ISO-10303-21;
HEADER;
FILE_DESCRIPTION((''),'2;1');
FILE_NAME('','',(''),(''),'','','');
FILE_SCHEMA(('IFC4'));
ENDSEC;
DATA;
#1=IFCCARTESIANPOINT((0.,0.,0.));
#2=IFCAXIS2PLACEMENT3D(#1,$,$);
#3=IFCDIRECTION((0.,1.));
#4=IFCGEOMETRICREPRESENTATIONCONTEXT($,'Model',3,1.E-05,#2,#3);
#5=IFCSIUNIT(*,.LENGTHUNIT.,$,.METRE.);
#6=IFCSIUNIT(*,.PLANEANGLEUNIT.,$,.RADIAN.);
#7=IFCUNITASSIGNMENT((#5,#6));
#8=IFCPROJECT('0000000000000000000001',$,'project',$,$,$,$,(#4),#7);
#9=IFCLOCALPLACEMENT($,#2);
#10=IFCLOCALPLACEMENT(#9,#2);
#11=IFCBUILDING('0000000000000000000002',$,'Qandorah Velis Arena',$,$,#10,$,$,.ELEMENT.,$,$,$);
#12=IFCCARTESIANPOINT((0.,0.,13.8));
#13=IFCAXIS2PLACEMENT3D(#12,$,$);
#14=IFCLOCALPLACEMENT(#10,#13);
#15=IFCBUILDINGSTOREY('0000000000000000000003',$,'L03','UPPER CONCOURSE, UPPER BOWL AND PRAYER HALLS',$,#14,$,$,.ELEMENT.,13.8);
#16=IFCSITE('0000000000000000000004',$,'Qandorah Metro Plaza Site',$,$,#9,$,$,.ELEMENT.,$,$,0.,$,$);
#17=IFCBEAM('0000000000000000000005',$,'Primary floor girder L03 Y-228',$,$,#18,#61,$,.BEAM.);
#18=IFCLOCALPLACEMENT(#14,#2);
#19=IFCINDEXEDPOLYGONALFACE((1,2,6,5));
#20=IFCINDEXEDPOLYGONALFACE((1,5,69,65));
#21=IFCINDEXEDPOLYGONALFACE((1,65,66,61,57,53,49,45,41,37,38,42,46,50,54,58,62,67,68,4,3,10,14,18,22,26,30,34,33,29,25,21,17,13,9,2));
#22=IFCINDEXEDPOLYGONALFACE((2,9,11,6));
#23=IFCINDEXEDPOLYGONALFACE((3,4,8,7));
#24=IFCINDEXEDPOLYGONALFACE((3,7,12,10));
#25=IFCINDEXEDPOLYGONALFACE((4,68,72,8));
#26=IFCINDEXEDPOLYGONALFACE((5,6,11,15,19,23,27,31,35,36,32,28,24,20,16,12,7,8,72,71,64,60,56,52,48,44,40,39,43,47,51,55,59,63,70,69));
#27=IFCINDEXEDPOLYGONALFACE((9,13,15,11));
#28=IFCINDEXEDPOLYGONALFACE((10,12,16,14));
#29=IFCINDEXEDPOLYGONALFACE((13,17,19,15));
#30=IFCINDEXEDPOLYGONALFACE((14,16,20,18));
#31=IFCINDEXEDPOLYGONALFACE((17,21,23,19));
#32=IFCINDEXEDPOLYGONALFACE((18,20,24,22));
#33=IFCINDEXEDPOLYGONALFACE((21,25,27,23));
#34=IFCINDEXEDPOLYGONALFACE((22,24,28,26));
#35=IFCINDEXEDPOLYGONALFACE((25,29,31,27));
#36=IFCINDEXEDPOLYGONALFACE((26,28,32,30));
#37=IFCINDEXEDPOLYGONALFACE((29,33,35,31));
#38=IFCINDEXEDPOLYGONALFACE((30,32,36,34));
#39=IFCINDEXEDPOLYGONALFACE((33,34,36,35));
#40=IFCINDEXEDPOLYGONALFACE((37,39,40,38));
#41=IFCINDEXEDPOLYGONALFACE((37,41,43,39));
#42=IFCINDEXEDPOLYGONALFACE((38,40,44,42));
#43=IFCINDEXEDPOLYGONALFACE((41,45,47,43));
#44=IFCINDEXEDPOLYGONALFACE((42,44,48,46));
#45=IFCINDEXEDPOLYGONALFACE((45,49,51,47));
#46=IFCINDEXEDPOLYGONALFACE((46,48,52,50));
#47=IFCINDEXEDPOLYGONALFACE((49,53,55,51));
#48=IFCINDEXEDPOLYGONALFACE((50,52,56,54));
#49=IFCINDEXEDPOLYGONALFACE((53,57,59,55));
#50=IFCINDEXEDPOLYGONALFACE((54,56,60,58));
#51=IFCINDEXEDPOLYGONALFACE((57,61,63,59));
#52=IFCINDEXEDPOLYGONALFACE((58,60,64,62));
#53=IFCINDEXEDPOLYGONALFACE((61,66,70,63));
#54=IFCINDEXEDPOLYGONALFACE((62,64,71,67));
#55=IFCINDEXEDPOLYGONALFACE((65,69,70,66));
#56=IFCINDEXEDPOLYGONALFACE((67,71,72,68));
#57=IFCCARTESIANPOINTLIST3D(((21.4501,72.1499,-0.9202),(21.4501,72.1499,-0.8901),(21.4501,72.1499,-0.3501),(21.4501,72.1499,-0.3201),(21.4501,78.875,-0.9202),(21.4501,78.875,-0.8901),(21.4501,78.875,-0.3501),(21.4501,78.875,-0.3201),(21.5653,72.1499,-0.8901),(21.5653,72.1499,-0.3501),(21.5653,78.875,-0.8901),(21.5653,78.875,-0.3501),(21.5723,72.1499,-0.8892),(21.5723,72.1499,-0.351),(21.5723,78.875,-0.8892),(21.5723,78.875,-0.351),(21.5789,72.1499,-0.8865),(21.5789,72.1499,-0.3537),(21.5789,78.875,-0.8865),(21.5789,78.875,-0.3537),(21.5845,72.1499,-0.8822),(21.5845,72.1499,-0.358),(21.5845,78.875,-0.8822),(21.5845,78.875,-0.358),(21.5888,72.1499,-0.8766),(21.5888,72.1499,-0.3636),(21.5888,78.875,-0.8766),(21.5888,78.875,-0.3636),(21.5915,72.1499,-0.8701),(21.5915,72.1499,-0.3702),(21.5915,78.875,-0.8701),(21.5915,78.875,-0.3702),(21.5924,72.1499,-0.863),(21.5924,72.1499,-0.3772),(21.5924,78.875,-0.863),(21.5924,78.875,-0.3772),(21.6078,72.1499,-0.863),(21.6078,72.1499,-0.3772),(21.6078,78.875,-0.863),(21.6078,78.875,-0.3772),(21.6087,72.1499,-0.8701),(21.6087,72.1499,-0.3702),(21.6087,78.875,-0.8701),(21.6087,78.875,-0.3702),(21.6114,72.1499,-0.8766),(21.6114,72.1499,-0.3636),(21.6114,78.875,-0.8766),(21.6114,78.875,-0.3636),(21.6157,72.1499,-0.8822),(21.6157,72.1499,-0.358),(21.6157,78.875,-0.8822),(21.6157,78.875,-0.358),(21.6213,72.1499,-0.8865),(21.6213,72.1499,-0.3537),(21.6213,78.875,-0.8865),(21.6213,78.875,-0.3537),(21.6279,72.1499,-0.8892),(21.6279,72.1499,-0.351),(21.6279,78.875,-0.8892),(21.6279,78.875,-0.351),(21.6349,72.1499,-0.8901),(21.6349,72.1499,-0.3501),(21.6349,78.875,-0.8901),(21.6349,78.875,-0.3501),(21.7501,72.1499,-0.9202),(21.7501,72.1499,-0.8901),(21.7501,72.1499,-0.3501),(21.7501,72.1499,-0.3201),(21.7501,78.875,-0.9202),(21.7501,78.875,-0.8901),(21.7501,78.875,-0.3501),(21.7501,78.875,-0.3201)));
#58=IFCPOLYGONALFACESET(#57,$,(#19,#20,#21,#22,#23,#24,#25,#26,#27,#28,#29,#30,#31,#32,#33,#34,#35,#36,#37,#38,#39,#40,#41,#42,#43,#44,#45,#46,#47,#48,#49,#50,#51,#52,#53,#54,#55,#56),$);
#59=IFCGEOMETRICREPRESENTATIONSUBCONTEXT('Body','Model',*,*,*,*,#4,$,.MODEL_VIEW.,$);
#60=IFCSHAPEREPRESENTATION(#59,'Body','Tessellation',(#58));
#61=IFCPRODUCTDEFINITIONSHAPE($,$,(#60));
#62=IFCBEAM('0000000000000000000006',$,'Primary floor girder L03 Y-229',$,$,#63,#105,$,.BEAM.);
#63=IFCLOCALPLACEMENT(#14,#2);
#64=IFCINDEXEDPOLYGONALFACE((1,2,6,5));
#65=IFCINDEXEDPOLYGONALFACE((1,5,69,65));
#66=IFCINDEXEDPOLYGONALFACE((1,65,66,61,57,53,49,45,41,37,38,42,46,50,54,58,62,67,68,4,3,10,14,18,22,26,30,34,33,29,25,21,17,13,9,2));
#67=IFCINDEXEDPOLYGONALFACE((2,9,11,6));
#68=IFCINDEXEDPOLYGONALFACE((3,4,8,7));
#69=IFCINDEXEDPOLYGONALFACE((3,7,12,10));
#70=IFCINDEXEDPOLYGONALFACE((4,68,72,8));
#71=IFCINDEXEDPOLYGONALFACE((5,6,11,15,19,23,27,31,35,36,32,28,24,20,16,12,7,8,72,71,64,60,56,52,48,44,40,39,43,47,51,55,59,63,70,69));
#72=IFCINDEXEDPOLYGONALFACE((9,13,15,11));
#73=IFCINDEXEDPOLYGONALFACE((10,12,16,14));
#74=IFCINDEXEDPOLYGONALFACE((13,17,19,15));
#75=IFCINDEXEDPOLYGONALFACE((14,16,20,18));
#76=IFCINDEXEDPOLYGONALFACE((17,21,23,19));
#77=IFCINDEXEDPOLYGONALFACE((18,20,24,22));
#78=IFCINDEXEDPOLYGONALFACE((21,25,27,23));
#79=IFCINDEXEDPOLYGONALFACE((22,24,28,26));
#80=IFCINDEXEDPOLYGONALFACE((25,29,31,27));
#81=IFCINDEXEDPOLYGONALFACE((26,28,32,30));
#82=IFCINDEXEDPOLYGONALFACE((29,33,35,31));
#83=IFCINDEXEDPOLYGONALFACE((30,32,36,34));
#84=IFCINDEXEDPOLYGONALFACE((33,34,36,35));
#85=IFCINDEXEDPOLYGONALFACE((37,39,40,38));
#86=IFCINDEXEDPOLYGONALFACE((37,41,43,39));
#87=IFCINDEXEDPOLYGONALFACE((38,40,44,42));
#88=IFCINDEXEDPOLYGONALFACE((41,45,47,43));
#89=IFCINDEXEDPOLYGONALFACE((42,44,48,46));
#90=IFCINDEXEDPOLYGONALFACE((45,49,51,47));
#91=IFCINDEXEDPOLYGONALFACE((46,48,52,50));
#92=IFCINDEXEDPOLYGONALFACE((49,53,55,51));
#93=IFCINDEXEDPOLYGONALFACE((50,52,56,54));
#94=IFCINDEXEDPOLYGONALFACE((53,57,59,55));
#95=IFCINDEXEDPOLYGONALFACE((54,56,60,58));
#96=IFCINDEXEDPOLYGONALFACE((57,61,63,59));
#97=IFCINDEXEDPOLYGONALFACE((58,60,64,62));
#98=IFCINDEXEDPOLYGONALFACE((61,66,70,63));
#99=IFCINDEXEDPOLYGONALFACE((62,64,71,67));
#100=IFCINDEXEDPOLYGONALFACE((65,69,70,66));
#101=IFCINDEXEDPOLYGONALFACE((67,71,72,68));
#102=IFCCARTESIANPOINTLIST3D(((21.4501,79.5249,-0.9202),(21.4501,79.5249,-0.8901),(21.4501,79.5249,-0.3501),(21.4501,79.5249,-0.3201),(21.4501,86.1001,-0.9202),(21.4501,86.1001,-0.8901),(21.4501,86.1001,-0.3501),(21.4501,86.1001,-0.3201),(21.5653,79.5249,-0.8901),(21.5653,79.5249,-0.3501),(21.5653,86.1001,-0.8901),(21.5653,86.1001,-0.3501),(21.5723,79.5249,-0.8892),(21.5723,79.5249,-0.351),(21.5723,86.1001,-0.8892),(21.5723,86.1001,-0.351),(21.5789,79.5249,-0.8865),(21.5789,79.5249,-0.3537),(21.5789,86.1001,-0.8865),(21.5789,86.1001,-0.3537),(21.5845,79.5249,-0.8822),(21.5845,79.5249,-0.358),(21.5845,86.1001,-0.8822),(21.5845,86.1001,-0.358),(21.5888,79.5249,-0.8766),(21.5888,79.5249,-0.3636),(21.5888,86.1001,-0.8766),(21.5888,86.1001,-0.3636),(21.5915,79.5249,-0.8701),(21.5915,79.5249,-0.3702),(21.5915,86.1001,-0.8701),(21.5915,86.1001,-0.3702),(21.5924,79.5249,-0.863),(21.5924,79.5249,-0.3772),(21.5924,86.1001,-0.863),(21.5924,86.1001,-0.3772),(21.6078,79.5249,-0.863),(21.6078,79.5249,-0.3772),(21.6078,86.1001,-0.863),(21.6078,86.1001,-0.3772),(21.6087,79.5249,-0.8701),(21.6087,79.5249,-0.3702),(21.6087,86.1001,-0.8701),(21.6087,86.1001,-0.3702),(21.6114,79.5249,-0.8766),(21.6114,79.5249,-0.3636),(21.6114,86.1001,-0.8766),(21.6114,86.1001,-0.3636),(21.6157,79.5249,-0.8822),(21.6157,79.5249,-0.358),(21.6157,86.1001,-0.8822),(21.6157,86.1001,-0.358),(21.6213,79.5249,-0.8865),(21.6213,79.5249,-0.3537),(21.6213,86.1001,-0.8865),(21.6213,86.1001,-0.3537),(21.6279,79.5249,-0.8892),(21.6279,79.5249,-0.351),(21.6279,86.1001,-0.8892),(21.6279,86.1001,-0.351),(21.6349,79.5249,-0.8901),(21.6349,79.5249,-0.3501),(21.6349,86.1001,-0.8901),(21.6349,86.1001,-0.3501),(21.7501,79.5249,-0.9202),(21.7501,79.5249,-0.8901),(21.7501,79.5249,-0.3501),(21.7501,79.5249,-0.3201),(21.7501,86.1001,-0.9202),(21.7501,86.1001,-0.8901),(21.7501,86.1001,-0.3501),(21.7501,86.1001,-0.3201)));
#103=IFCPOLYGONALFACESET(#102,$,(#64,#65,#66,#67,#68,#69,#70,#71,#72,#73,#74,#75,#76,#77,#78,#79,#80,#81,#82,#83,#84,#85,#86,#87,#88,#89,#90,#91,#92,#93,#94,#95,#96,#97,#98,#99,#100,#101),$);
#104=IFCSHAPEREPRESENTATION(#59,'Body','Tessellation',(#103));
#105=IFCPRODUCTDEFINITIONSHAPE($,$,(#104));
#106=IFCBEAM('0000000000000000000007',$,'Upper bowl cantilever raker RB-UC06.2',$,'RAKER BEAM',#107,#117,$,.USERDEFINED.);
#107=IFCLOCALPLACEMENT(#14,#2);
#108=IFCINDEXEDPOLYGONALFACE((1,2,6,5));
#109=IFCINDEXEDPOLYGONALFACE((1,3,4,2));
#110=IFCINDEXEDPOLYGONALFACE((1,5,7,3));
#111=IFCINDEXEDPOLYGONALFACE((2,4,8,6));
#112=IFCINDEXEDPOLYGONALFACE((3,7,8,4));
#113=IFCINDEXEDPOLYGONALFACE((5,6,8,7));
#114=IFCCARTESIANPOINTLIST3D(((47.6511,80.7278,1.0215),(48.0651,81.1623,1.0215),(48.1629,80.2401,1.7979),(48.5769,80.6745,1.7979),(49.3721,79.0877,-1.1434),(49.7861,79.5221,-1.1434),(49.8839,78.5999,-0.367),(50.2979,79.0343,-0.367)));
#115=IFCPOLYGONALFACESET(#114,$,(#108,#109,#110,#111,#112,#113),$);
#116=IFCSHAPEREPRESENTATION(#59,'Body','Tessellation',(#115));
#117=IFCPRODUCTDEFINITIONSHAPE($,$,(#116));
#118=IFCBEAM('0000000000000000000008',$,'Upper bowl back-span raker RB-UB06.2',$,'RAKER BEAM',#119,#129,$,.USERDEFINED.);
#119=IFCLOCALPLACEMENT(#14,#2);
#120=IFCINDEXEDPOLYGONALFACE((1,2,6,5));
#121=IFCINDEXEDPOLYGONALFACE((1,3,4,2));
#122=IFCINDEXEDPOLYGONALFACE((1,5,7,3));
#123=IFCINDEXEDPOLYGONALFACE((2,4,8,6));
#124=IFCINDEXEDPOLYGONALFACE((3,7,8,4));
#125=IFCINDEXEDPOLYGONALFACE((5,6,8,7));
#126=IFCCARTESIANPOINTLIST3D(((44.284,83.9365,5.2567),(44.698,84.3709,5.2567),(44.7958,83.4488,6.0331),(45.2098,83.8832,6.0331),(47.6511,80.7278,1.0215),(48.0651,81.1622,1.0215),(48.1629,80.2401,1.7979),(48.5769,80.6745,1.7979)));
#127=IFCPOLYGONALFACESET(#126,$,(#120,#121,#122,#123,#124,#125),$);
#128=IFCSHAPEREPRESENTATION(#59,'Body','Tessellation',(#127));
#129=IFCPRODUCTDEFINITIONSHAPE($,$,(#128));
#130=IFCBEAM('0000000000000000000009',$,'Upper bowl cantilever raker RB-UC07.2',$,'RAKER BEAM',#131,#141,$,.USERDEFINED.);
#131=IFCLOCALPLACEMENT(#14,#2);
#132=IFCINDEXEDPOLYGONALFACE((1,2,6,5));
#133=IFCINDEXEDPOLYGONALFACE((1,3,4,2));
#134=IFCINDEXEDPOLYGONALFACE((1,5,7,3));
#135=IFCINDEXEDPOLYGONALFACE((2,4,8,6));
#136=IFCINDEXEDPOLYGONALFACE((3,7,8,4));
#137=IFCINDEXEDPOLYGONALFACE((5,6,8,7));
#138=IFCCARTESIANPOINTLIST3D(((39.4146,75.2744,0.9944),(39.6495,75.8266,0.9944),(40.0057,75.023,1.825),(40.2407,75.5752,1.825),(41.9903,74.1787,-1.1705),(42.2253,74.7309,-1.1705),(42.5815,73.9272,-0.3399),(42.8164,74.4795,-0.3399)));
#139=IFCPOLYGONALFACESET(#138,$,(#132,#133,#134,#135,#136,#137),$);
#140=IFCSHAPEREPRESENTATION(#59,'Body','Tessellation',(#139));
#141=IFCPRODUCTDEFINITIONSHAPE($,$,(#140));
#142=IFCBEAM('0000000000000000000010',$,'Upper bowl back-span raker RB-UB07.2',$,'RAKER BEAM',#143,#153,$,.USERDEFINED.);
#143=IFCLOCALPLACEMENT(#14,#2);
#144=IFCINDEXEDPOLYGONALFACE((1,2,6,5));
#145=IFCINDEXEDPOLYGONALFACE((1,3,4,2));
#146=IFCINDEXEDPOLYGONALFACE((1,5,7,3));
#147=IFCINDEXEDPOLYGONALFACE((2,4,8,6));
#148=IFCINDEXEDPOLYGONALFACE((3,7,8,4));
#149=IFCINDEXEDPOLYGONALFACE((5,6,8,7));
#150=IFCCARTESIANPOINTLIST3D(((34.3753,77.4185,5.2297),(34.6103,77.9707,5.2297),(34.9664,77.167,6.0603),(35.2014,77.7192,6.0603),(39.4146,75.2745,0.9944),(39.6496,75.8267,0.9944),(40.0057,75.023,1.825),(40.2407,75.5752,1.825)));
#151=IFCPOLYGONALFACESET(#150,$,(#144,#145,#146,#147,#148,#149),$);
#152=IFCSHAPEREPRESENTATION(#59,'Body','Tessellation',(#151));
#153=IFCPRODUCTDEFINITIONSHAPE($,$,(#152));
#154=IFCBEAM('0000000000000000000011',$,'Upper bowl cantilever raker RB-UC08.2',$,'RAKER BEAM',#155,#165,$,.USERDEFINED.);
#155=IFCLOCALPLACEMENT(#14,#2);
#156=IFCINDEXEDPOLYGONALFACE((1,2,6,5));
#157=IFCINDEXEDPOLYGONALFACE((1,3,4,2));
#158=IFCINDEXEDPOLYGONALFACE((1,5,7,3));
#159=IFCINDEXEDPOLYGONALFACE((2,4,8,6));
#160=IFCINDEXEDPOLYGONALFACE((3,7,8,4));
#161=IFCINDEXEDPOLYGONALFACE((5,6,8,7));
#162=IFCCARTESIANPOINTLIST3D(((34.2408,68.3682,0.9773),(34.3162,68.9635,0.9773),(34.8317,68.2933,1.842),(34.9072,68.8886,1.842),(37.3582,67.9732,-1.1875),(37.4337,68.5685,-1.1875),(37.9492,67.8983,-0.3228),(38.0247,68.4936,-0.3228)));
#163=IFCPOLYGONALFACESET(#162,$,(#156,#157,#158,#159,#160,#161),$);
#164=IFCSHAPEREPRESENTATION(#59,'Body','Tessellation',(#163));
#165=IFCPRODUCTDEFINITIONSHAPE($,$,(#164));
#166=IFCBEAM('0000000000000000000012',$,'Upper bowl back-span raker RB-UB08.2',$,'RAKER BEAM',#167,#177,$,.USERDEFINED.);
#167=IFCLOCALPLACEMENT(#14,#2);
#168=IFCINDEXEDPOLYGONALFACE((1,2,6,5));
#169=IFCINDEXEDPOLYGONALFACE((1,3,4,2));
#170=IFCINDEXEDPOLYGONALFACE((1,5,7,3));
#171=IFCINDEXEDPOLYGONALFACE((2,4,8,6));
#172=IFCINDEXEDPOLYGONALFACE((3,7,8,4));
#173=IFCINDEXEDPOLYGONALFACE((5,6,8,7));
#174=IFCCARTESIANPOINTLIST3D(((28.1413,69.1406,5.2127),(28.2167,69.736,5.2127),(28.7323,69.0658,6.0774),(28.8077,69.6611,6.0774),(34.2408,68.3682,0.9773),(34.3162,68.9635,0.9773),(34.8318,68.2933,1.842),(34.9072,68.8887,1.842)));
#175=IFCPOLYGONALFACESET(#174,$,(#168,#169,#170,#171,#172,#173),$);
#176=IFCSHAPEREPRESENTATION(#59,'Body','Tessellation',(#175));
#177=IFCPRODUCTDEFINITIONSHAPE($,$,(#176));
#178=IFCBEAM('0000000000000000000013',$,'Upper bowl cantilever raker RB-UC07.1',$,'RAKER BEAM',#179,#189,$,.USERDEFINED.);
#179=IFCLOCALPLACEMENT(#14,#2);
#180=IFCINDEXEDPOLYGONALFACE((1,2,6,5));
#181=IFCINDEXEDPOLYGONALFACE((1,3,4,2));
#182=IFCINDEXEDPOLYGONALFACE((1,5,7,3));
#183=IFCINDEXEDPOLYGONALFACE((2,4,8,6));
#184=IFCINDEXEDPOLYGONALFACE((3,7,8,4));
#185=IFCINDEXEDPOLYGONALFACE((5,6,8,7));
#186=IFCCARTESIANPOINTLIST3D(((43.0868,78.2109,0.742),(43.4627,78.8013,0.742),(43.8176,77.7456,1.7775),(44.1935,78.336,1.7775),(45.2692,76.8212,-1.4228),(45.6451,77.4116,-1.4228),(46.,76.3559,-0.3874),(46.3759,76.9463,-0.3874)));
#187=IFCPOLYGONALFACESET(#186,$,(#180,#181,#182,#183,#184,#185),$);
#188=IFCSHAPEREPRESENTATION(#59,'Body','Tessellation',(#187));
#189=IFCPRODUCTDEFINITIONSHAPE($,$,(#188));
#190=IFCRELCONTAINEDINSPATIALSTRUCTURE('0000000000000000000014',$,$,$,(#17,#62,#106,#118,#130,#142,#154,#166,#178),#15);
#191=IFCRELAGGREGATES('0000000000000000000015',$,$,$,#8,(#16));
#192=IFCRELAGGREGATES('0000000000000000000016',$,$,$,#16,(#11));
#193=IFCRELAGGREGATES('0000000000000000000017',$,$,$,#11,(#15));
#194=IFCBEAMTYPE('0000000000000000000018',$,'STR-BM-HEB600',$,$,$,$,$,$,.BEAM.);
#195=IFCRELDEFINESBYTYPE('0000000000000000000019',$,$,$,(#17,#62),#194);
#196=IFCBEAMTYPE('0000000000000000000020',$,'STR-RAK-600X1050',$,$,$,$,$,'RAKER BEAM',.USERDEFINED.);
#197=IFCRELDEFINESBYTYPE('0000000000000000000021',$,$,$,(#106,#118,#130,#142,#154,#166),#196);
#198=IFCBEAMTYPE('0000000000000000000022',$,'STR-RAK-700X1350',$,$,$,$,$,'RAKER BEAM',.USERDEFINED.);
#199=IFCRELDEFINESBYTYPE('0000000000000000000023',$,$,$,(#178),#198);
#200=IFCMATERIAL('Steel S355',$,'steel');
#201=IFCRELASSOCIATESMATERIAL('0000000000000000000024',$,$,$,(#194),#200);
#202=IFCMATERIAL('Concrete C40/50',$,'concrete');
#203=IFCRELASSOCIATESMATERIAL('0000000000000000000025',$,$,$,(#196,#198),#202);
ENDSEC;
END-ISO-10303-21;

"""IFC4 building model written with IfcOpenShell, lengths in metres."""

from ifc_helpers import new_model, si_unit, direction, frame, origin, origin_2d, place, context, subcontext, project, spatial, rectangle, i_section, extrude, material, material_profile, profile_set, type_object, element, save


model = new_model("IFC4")

# Units and contexts
model_context = context("Model", 3, precision=1e-05, world=origin(), true_north=direction((0.0, 1.0)))
body_context = subcontext(model_context, "Body", "Model", "MODEL_VIEW")
ifc_project = project(units=[si_unit("LENGTHUNIT", "METRE"), si_unit("PLANEANGLEUNIT", "RADIAN")], contexts=[model_context])

# Site, building, storey
site_placement = place(None, origin())
site = spatial("IfcSite", under=ifc_project, at=site_placement, Name="Qandorah Metro Plaza Site", CompositionType="ELEMENT", RefElevation=0.0)
building_placement = place(site_placement, origin())
building = spatial("IfcBuilding", under=site, at=building_placement, Name="Qandorah Velis Arena", CompositionType="ELEMENT")
storey_placement = place(building_placement, frame((0.0, 0.0, 13.8)))
storey = spatial("IfcBuildingStorey", under=building, at=storey_placement, Name="L03", Description="UPPER CONCOURSE, UPPER BOWL AND PRAYER HALLS", CompositionType="ELEMENT", Elevation=13.8)

# Shared definitions
ifc_material_1 = material(Name="Concrete C40/50", Category="concrete")

# Beams
ifc_material_2 = material(Name="Steel S355", Category="steel")
ifc_material_profile_1 = material_profile(ifc_material_2, i_section(OverallWidth=0.3, OverallDepth=0.6001, WebThickness=0.0154, FlangeThickness=0.03, FilletRadius=0.0271, at=origin_2d()), Name="HEB 600")
ifc_profile_set_1 = profile_set([ifc_material_profile_1], Name="Steel S355")
beam_type_1 = type_object("IfcBeamType", Name="STR-BM-HEB600", PredefinedType="BEAM", material=ifc_profile_set_1)
beam_1_placement = place(storey_placement, frame((21.6001, 72.1499, -0.6201), z_axis=(0.0, 1.0, 0.0), x_axis=(-1.0, 0.0, 0.0)))
element("IfcBeam", 1, at=beam_1_placement, inside=storey, type_object=beam_type_1, Name="Primary floor girder L03 Y-228", PredefinedType="BEAM", context=body_context, shape_type="SweptSolid", body=[
    extrude(i_section(OverallWidth=0.3, OverallDepth=0.6001, WebThickness=0.0154, FlangeThickness=0.03, FilletRadius=0.0271, at=origin_2d()), origin(), (0.0, 0.0, 1.0), 6.7251),
])
beam_2_placement = place(storey_placement, frame((21.6001, 79.5249, -0.6201), z_axis=(0.0, 1.0, 0.0), x_axis=(-1.0, 0.0, 0.0)))
element("IfcBeam", 2, at=beam_2_placement, inside=storey, type_object=beam_type_1, Name="Primary floor girder L03 Y-229", PredefinedType="BEAM", context=body_context, shape_type="SweptSolid", body=[
    extrude(i_section(OverallWidth=0.3, OverallDepth=0.6001, WebThickness=0.0154, FlangeThickness=0.03, FilletRadius=0.0271, at=origin_2d()), origin(), (0.0, 0.0, 1.0), 6.5752),
])
ifc_material_profile_2 = material_profile(ifc_material_1, rectangle(XDim=0.6001, YDim=1.05, at=origin_2d()), Name="RC RAKER 600x1050")
ifc_profile_set_2 = profile_set([ifc_material_profile_2], Name="Concrete C40/50")
beam_type_2 = type_object("IfcBeamType", Name="STR-RAK-600X1050", ElementType="RAKER BEAM", PredefinedType="USERDEFINED", material=ifc_profile_set_2)
beam_3_placement = place(storey_placement, frame((48.114, 80.7012, 1.4097), z_axis=(0.53524, -0.510106, -0.673283), x_axis=(0.689906, 0.723899, 0.0)))
element("IfcBeam", 3, at=beam_3_placement, inside=storey, type_object=beam_type_2, Name="Upper bowl cantilever raker RB-UC06.2", ObjectType="RAKER BEAM", PredefinedType="USERDEFINED", context=body_context, shape_type="SweptSolid", body=[
    extrude(rectangle(XDim=0.6001, YDim=1.05, at=origin_2d()), origin(), (0.0, 0.0, 1.0), 3.2153),
])
beam_4_placement = place(storey_placement, frame((48.114, 80.7012, 1.4097), z_axis=(-0.535269, 0.510082, 0.673278), x_axis=(-0.689869, -0.723934, 0.0)))
element("IfcBeam", 4, at=beam_4_placement, inside=storey, type_object=beam_type_2, Name="Upper bowl back-span raker RB-UB06.2", ObjectType="RAKER BEAM", PredefinedType="USERDEFINED", context=body_context, shape_type="SweptSolid", body=[
    extrude(rectangle(XDim=0.6001, YDim=1.05, at=origin_2d()), origin(), (0.0, 0.0, 1.0), 6.2905),
])
beam_5_placement = place(storey_placement, frame((39.8276, 75.4248, 1.4097), z_axis=(0.727901, -0.309651, -0.611782), x_axis=(0.391455, 0.920197, 0.0)))
element("IfcBeam", 5, at=beam_5_placement, inside=storey, type_object=beam_type_2, Name="Upper bowl cantilever raker RB-UC07.2", ObjectType="RAKER BEAM", PredefinedType="USERDEFINED", context=body_context, shape_type="SweptSolid", body=[
    extrude(rectangle(XDim=0.6001, YDim=1.05, at=origin_2d()), origin(), (0.0, 0.0, 1.0), 3.5386),
])
beam_6_placement = place(storey_placement, frame((39.8276, 75.4248, 1.4097), z_axis=(-0.727894, 0.309693, 0.611768), x_axis=(-0.391502, -0.920177, 0.0)))
element("IfcBeam", 6, at=beam_6_placement, inside=storey, type_object=beam_type_2, Name="Upper bowl back-span raker RB-UB07.2", ObjectType="RAKER BEAM", PredefinedType="USERDEFINED", context=body_context, shape_type="SweptSolid", body=[
    extrude(rectangle(XDim=0.6001, YDim=1.05, at=origin_2d()), origin(), (0.0, 0.0, 1.0), 6.9231),
])
beam_7_placement = place(storey_placement, frame((34.574, 68.6284, 1.4097), z_axis=(0.816968, -0.103521, -0.567316), x_axis=(0.125708, 0.992067, 0.0)))
element("IfcBeam", 7, at=beam_7_placement, inside=storey, type_object=beam_type_2, Name="Upper bowl cantilever raker RB-UC08.2", ObjectType="RAKER BEAM", PredefinedType="USERDEFINED", context=body_context, shape_type="SweptSolid", body=[
    extrude(rectangle(XDim=0.6001, YDim=1.05, at=origin_2d()), origin(), (0.0, 0.0, 1.0), 3.8159),
])
beam_8_placement = place(storey_placement, frame((34.574, 68.6284, 1.4097), z_axis=(-0.816982, 0.103468, 0.567306), x_axis=(-0.125643, -0.992076, 0.0)))
element("IfcBeam", 8, at=beam_8_placement, inside=storey, type_object=beam_type_2, Name="Upper bowl back-span raker RB-UB08.2", ObjectType="RAKER BEAM", PredefinedType="USERDEFINED", context=body_context, shape_type="SweptSolid", body=[
    extrude(rectangle(XDim=0.6001, YDim=1.05, at=origin_2d()), origin(), (0.0, 0.0, 1.0), 7.4658),
])
ifc_material_profile_3 = material_profile(ifc_material_1, rectangle(XDim=0.7, YDim=1.3501, at=origin_2d()), Name="RC RAKER 700x1350")
ifc_profile_set_3 = profile_set([ifc_material_profile_3], Name="Concrete C40/50")
beam_type_3 = type_object("IfcBeamType", Name="STR-RAK-700X1350", ElementType="RAKER BEAM", PredefinedType="USERDEFINED", material=ifc_profile_set_3)
beam_9_placement = place(storey_placement, frame((43.6401, 78.2734, 1.2598), z_axis=(0.646925, -0.411936, -0.641714), x_axis=(0.537114, 0.84351, 0.0)))
element("IfcBeam", 9, at=beam_9_placement, inside=storey, type_object=beam_type_3, Name="Upper bowl cantilever raker RB-UC07.1", ObjectType="RAKER BEAM", PredefinedType="USERDEFINED", context=body_context, shape_type="SweptSolid", body=[
    extrude(rectangle(XDim=0.7, YDim=1.3501, at=origin_2d()), origin(), (0.0, 0.0, 1.0), 3.3735),
])

save(model, "model.ifc")
